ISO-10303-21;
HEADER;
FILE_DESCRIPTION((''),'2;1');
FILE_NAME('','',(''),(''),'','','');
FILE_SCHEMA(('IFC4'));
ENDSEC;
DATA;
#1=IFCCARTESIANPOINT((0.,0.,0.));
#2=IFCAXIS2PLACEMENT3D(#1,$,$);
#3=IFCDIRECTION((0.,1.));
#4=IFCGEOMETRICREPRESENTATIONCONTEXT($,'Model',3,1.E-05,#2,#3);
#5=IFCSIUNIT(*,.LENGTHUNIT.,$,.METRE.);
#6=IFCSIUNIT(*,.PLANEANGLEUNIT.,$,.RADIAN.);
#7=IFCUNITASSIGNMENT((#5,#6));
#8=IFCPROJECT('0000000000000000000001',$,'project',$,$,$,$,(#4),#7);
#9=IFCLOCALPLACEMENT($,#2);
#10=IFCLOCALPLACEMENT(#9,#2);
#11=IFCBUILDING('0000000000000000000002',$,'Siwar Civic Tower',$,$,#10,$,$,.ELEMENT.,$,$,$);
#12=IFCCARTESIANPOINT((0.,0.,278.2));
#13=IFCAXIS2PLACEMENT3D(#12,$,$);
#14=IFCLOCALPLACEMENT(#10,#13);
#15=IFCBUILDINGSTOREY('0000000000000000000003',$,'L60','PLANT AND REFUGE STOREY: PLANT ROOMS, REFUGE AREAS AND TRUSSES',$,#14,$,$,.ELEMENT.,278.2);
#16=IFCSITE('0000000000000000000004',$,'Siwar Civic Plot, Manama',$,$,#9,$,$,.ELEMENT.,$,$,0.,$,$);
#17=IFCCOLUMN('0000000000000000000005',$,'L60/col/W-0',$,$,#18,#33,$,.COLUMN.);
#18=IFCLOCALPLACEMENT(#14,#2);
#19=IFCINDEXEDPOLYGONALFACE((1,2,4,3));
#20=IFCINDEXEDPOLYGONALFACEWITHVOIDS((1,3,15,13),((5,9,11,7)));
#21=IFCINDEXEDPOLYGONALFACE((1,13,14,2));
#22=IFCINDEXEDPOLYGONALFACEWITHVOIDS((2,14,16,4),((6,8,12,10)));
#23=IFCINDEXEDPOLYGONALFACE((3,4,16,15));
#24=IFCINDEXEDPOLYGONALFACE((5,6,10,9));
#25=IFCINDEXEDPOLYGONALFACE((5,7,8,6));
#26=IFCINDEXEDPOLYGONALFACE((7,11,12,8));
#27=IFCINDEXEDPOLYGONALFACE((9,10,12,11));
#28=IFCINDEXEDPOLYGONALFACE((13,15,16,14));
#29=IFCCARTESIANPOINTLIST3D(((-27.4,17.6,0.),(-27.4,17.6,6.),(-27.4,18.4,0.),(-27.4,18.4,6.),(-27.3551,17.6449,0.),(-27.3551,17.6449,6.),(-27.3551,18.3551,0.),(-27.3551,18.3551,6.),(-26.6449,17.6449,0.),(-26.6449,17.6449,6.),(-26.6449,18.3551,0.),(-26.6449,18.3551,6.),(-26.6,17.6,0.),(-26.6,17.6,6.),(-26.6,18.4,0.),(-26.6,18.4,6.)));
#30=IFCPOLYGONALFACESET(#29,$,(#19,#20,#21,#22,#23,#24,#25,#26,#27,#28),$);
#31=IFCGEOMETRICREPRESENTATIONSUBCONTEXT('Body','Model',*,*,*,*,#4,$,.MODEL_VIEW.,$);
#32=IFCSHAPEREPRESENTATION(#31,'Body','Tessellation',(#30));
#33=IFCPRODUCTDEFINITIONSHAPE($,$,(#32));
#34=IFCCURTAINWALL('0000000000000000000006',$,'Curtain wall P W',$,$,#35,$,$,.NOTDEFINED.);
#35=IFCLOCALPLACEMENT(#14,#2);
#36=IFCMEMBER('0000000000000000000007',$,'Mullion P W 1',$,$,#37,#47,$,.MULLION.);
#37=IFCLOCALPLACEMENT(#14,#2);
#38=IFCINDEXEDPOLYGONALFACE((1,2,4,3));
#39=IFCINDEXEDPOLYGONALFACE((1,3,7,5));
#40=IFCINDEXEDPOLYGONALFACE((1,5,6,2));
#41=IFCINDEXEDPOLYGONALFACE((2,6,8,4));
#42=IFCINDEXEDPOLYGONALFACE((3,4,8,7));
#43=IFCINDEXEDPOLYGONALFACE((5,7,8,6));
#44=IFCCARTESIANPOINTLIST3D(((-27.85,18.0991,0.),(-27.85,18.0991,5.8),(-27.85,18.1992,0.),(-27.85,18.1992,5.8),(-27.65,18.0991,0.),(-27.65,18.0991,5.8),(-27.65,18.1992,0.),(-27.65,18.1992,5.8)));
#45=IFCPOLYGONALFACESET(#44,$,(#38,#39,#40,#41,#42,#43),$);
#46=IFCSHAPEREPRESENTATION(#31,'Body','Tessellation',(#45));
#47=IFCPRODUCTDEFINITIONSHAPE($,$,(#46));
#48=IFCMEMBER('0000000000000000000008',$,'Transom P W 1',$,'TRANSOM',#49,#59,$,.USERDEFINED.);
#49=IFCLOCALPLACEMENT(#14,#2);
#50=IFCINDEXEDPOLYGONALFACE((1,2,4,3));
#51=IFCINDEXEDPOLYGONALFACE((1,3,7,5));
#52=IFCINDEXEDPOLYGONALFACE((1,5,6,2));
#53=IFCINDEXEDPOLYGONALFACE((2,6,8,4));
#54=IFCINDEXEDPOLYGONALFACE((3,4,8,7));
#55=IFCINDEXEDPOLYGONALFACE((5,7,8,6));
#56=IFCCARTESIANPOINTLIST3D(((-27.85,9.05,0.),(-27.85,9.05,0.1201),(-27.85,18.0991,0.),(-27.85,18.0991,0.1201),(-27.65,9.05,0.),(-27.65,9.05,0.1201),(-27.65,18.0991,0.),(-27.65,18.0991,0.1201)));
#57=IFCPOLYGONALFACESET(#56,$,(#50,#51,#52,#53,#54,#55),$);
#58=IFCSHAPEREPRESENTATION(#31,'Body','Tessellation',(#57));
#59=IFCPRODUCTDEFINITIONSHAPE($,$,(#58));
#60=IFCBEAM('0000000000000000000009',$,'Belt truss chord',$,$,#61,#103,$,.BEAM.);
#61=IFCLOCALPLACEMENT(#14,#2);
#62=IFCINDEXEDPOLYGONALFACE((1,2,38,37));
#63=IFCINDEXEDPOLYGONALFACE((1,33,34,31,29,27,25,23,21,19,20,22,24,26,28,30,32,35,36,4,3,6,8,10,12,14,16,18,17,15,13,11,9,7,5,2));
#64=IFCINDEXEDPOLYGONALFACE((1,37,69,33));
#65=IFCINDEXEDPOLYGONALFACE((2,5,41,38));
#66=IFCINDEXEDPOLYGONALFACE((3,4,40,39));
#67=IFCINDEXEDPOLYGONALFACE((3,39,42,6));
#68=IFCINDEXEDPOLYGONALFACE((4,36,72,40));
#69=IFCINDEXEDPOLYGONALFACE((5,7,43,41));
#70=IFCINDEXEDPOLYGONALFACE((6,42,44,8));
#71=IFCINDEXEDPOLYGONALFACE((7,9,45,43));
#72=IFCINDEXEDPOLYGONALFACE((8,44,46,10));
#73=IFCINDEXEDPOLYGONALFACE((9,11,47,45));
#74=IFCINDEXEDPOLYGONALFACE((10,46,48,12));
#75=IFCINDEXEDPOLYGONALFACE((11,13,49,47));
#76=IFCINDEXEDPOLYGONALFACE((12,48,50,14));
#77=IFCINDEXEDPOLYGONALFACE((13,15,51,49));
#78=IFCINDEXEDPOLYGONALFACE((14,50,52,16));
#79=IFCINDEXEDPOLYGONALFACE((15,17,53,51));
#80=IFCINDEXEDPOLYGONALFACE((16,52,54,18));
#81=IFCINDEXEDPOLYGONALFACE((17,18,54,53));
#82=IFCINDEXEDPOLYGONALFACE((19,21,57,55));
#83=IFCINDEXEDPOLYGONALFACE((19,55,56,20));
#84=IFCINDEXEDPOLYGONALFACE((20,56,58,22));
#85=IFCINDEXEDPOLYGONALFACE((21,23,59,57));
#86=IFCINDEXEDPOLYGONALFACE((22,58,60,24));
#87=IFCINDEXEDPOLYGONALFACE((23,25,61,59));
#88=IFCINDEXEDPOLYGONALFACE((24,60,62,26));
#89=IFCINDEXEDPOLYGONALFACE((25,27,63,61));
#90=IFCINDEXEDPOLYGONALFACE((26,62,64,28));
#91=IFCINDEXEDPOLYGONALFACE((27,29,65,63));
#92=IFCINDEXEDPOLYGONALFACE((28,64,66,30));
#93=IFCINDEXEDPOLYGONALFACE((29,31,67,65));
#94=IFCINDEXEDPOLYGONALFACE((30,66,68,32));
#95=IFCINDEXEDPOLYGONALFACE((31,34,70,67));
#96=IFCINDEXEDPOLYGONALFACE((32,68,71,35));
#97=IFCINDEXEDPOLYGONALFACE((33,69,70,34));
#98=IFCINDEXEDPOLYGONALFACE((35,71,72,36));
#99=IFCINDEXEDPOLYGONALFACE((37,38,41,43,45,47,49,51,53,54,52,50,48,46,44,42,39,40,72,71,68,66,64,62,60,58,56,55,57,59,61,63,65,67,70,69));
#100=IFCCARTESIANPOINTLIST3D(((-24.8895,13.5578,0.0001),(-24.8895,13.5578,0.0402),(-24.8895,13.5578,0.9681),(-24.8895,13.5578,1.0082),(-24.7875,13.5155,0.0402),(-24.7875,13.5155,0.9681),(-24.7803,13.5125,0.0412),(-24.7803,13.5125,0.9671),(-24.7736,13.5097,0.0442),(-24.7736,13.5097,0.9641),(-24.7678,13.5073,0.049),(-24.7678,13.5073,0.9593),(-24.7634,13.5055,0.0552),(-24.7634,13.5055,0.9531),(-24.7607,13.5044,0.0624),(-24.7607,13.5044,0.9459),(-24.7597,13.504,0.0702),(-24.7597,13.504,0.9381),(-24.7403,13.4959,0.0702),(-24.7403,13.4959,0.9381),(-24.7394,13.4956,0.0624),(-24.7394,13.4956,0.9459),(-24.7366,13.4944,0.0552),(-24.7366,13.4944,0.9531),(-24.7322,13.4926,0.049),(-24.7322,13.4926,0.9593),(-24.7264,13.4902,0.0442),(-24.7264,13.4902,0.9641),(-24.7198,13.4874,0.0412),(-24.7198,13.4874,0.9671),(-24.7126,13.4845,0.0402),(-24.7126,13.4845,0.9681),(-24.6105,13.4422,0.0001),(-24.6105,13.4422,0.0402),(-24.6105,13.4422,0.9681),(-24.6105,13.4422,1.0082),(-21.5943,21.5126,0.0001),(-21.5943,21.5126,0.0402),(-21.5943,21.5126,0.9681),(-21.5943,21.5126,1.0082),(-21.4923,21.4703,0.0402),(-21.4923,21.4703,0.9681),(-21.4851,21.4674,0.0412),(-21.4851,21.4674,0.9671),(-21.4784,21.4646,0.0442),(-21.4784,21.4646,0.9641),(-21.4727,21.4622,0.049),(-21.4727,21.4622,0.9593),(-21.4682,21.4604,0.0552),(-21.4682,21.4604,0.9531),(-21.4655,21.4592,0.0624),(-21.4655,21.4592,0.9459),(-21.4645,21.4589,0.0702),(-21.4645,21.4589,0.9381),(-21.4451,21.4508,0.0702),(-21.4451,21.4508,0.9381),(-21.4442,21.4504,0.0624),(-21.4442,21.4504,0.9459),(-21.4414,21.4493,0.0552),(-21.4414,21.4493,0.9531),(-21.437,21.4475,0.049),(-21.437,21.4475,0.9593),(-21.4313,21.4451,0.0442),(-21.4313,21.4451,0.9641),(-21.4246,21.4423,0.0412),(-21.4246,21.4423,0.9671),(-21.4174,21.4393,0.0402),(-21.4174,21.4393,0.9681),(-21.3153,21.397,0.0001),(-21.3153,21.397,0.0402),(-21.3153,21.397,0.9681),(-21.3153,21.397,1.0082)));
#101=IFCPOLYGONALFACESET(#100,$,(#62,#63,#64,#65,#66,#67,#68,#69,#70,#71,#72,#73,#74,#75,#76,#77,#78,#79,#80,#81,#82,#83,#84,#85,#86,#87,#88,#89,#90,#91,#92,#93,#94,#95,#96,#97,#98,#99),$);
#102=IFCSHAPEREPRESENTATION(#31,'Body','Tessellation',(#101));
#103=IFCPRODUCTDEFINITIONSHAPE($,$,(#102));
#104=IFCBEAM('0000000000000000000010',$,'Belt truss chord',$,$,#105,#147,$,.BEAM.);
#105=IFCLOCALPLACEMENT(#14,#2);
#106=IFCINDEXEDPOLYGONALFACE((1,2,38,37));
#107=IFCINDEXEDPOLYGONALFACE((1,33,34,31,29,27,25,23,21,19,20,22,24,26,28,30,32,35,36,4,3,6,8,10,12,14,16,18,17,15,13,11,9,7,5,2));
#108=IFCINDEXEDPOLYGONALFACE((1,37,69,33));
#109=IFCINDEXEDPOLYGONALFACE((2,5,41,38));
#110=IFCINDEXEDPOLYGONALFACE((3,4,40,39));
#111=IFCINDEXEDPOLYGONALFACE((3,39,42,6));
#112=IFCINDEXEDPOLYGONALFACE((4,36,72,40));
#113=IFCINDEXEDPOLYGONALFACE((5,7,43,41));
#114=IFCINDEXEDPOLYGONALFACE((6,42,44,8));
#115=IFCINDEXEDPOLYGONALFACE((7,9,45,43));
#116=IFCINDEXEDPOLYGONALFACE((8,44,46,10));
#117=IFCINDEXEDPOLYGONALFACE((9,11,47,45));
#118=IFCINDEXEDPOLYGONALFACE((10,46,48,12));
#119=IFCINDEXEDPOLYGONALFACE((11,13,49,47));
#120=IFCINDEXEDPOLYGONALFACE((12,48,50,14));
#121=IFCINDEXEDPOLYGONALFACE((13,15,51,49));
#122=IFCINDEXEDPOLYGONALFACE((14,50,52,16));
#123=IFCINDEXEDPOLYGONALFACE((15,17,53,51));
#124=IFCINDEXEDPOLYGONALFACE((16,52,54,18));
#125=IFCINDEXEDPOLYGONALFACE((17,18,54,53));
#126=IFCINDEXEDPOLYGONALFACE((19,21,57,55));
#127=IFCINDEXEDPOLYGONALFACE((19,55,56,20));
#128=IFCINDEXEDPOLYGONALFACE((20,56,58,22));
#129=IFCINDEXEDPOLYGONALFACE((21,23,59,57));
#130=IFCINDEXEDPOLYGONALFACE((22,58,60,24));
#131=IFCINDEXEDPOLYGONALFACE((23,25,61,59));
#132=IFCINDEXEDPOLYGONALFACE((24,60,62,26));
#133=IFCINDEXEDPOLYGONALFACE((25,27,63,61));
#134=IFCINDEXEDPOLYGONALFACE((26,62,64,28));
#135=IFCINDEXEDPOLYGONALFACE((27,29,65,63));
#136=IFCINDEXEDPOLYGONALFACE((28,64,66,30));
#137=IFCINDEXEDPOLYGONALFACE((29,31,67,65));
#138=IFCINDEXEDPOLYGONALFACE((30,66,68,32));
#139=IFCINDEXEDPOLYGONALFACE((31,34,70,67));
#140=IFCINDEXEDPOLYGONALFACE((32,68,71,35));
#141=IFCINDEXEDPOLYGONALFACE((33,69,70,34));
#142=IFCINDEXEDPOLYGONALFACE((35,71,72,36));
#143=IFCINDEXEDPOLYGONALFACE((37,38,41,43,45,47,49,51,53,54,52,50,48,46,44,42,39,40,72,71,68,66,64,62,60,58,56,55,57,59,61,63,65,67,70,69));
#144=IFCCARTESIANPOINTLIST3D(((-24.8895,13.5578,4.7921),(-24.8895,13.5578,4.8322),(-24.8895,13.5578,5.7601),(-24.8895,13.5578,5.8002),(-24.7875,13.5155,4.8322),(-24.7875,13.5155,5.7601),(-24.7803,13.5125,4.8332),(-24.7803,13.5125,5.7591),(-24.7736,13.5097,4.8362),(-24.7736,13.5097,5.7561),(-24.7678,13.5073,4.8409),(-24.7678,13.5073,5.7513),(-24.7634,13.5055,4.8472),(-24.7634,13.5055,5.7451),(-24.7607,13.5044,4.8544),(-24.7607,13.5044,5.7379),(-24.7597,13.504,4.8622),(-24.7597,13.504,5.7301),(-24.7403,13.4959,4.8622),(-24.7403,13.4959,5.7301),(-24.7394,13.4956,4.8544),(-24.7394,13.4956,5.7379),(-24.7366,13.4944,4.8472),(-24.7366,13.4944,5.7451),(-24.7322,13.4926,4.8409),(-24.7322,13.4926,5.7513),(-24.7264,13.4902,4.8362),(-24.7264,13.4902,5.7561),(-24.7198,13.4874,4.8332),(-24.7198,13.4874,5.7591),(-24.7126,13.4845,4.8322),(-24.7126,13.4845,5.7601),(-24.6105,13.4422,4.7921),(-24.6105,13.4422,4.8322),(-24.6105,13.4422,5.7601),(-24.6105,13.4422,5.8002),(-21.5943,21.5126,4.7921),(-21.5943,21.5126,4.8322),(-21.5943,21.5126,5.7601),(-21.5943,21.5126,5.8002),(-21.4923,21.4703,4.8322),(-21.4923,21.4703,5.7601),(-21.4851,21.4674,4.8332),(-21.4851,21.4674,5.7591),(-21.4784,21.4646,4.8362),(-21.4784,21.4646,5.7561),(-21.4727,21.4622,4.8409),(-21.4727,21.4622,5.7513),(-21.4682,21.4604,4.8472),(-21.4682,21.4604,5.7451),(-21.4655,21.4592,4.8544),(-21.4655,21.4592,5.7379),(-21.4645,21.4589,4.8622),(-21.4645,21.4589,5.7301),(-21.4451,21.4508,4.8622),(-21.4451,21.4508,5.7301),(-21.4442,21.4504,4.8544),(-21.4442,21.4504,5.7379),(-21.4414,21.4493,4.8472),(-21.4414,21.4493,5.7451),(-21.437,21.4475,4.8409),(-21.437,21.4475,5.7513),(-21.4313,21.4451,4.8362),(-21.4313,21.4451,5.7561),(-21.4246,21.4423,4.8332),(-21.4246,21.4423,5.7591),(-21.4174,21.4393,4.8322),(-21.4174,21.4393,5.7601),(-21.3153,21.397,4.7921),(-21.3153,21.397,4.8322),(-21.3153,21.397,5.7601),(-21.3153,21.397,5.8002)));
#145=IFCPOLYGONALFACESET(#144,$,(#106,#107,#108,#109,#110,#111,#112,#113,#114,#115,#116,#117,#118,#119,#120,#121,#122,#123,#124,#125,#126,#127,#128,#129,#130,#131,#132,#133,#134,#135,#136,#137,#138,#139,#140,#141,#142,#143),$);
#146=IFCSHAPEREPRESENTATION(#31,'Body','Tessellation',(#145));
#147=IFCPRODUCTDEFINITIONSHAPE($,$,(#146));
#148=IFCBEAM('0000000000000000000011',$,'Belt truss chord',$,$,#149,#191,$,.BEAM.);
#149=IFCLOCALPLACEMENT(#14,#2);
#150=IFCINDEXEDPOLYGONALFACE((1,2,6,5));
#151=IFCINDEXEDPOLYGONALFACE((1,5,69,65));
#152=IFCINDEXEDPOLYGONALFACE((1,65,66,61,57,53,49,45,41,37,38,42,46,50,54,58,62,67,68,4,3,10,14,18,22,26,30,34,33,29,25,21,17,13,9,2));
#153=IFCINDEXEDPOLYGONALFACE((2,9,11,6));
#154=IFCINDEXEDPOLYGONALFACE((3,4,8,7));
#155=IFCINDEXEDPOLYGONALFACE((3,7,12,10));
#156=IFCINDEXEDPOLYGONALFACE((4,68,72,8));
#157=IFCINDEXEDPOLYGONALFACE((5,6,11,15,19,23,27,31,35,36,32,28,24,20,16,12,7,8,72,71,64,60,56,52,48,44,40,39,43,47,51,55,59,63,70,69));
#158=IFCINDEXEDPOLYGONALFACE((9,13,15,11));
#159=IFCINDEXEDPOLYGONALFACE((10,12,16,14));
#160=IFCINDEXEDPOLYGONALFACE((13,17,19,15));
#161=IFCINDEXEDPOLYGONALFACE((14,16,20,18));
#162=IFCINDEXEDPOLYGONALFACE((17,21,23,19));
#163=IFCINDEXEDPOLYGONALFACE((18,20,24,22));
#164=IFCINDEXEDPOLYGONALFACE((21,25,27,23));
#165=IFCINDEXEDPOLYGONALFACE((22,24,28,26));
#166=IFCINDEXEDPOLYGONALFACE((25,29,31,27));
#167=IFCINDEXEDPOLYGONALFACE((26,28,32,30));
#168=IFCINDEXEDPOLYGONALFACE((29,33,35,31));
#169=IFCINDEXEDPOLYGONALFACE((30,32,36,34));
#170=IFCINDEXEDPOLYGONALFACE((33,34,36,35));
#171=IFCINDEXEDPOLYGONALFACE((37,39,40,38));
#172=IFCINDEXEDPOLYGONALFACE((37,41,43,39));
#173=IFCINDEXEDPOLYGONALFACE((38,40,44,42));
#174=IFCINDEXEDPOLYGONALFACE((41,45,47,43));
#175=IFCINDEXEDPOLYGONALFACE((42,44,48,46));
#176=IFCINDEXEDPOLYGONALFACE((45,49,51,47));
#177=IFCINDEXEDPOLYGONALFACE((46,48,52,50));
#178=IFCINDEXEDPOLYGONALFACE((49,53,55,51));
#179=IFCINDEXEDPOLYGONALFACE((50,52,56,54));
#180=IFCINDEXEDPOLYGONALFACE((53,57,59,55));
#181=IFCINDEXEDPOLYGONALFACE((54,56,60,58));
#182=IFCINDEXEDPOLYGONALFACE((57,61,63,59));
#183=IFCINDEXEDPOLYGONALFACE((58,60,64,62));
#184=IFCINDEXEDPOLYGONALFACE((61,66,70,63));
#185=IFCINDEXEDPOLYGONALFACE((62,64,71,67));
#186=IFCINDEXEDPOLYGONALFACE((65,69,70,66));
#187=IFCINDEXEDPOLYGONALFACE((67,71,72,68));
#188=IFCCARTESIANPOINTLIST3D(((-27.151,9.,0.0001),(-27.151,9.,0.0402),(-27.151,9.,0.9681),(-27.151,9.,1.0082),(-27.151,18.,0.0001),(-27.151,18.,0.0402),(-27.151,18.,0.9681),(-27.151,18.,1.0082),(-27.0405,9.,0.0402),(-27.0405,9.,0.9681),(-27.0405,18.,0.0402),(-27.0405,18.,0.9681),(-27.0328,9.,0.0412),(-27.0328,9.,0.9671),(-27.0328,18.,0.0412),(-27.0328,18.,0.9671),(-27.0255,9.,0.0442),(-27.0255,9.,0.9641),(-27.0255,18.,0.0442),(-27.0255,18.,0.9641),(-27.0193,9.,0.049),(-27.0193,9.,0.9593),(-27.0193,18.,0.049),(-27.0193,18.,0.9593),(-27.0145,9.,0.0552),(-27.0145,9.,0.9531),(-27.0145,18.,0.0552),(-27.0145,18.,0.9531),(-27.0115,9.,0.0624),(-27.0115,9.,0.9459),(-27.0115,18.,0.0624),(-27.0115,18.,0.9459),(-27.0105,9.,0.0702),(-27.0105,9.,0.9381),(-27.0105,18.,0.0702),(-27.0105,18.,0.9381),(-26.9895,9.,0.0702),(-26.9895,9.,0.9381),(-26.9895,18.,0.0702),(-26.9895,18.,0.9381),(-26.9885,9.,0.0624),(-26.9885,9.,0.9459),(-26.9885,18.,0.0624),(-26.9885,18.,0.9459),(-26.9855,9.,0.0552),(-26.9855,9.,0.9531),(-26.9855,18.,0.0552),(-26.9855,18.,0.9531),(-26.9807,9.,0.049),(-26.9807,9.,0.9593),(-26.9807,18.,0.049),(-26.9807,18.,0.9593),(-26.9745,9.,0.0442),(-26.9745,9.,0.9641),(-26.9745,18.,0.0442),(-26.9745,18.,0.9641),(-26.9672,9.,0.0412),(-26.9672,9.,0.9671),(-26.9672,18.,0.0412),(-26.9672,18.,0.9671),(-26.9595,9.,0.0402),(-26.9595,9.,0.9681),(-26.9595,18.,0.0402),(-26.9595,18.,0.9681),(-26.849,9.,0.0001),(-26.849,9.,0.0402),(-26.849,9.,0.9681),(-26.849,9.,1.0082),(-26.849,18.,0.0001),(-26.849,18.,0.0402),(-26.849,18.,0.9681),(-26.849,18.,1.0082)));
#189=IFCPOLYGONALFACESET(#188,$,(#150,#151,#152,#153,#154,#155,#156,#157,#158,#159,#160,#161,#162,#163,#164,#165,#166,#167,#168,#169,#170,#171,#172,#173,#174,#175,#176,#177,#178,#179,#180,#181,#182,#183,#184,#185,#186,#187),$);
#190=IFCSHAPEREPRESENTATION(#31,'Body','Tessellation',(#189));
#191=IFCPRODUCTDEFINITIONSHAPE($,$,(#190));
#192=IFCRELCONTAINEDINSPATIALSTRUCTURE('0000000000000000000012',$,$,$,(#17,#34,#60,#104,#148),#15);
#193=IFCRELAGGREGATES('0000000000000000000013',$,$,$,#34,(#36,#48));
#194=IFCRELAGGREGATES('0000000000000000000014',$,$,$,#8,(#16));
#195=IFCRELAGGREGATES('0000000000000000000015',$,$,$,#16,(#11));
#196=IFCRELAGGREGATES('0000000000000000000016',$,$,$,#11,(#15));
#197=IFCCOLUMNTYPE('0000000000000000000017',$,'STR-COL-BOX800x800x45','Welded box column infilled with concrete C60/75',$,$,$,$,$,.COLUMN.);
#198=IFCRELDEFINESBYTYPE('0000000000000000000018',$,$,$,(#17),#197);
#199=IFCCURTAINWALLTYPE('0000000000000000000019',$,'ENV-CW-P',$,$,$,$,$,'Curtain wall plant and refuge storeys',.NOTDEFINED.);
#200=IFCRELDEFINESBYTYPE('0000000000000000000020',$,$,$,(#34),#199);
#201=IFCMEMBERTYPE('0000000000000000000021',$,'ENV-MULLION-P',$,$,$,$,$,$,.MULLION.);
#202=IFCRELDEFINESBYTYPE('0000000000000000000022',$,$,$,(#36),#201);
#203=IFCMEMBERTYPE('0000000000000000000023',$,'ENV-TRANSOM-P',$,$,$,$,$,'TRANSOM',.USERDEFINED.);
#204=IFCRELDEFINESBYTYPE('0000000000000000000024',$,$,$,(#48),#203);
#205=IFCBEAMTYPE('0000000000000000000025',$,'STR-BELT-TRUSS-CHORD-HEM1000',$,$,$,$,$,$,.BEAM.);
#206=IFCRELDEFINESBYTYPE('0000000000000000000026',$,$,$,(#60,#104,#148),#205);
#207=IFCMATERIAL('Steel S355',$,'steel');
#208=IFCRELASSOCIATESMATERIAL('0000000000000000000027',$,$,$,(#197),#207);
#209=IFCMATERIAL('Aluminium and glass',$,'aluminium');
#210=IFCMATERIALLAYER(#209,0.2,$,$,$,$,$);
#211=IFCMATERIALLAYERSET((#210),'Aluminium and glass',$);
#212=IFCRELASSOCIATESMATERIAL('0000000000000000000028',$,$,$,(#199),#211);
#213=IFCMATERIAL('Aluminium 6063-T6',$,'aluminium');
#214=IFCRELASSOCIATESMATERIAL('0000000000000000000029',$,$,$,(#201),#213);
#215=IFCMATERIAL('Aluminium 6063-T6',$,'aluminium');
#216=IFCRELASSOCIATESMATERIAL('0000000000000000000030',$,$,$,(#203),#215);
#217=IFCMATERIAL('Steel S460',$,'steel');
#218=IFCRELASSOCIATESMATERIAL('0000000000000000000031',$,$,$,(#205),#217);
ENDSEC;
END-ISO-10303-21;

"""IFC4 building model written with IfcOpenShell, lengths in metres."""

from ifc_helpers import new_model, si_unit, direction, frame, origin, origin_2d, place, context, subcontext, project, spatial, rectangle, hollow_rectangle, i_section, extrude, material, layer, layer_set, material_profile, profile_set, type_object, element, aggregate, save


model = new_model("IFC4")

# Units and contexts
model_context = context("Model", 3, precision=1e-05, world=origin(), true_north=direction((0.0, 1.0)))
body_context = subcontext(model_context, "Body", "Model", "MODEL_VIEW")
ifc_project = project(units=[si_unit("LENGTHUNIT", "METRE"), si_unit("PLANEANGLEUNIT", "RADIAN")], contexts=[model_context])

# Site, building, storey
site_placement = place(None, origin())
site = spatial("IfcSite", under=ifc_project, at=site_placement, Name="Siwar Civic Plot, Manama", CompositionType="ELEMENT", RefElevation=0.0)
building_placement = place(site_placement, origin())
building = spatial("IfcBuilding", under=site, at=building_placement, Name="Siwar Civic Tower", CompositionType="ELEMENT")
storey_placement = place(building_placement, frame((0.0, 0.0, 278.2)))
storey = spatial("IfcBuildingStorey", under=building, at=storey_placement, Name="L60", Description="PLANT AND REFUGE STOREY: PLANT ROOMS, REFUGE AREAS AND TRUSSES", CompositionType="ELEMENT", Elevation=278.2)

# Column
ifc_material_1 = material(Name="Steel S355", Category="steel")
ifc_material_profile_1 = material_profile(ifc_material_1, hollow_rectangle(XDim=0.8, YDim=0.8, WallThickness=0.0449, at=origin_2d()), Name="BOX800x800x45")
ifc_profile_set_1 = profile_set([ifc_material_profile_1], Name="Steel S355")
column_type = type_object("IfcColumnType", Name="STR-COL-BOX800x800x45", Description="Welded box column infilled with concrete C60/75", PredefinedType="COLUMN", material=ifc_profile_set_1)
column_placement = place(storey_placement, frame((-27.0, 18.0, 0.0), z_axis=(0.0, 0.0, 1.0), x_axis=(1.0, 0.0, 0.0)))
element("IfcColumn", 1, at=column_placement, inside=storey, type_object=column_type, Name="L60/col/W-0", PredefinedType="COLUMN", context=body_context, shape_type="SweptSolid", body=[
    extrude(hollow_rectangle(XDim=0.8, YDim=0.8, WallThickness=0.0449, at=origin_2d()), origin(), (0.0, 0.0, 1.0), 6.0),
])

# Curtain wall, members
ifc_material_2 = material(Name="Aluminium and glass", Category="aluminium")
ifc_layer_1 = layer(ifc_material_2, 0.2)
ifc_layer_set_1 = layer_set([ifc_layer_1], Name="Aluminium and glass")
curtain_wall_type = type_object("IfcCurtainWallType", Name="ENV-CW-P", ElementType="Curtain wall plant and refuge storeys", PredefinedType="NOTDEFINED", material=ifc_layer_set_1)
curtain_wall_placement = place(storey_placement, origin())
curtain_wall = element("IfcCurtainWall", 2, at=curtain_wall_placement, inside=storey, type_object=curtain_wall_type, Name="Curtain wall P W", PredefinedType="NOTDEFINED")
ifc_material_3 = material(Name="Aluminium 6063-T6", Category="aluminium")
ifc_material_profile_2 = material_profile(ifc_material_3, rectangle(XDim=0.2, YDim=0.1001, at=origin_2d()), Name="AL 200x100")
ifc_profile_set_2 = profile_set([ifc_material_profile_2], Name="Aluminium 6063-T6")
member_type_1 = type_object("IfcMemberType", Name="ENV-MULLION-P", PredefinedType="MULLION", material=ifc_profile_set_2)
member_1_placement = place(storey_placement, frame((-27.75, 18.1492, 0.0), z_axis=(0.0, 0.0, 1.0), x_axis=(1.0, 0.0, 0.0)))
member_1 = element("IfcMember", 3, at=member_1_placement, type_object=member_type_1, Name="Mullion P W 1", PredefinedType="MULLION", context=body_context, shape_type="SweptSolid", body=[
    extrude(rectangle(XDim=0.2, YDim=0.1001, at=origin_2d()), origin(), (0.0, 0.0, 1.0), 5.8),
])
ifc_material_4 = material(Name="Aluminium 6063-T6", Category="aluminium")
ifc_material_profile_3 = material_profile(ifc_material_4, rectangle(XDim=0.2, YDim=0.1201, at=origin_2d()), Name="AL 200x120")
ifc_profile_set_3 = profile_set([ifc_material_profile_3], Name="Aluminium 6063-T6")
member_type_2 = type_object("IfcMemberType", Name="ENV-TRANSOM-P", ElementType="TRANSOM", PredefinedType="USERDEFINED", material=ifc_profile_set_3)
member_2_placement = place(storey_placement, frame((-27.75, 18.0991, 0.0601), z_axis=(0.0, -1.0, 0.0), x_axis=(1.0, 0.0, 0.0)))
member_2 = element("IfcMember", 4, at=member_2_placement, type_object=member_type_2, Name="Transom P W 1", ObjectType="TRANSOM", PredefinedType="USERDEFINED", context=body_context, shape_type="SweptSolid", body=[
    extrude(rectangle(XDim=0.2, YDim=0.1201, at=origin_2d()), origin(), (0.0, 0.0, 1.0), 9.0491),
])

# Beams
ifc_material_5 = material(Name="Steel S460", Category="steel")
ifc_material_profile_4 = material_profile(ifc_material_5, i_section(OverallWidth=0.302, OverallDepth=1.0081, WebThickness=0.021, FlangeThickness=0.04, FilletRadius=0.03, at=origin_2d()), Name="HEM1000")
ifc_profile_set_4 = profile_set([ifc_material_profile_4], Name="Steel S460")
beam_type_1 = type_object("IfcBeamType", Name="STR-BELT-TRUSS-CHORD-HEM1000", PredefinedType="BEAM", material=ifc_profile_set_4)
for number, where, z_axis, x_axis, name in (
    (5, (-21.4548, 21.4548, 0.5042), (-0.3827, -0.923873, 0.0), (0.923873, -0.3827, 0.0), "Belt truss chord"),
    (6, (-21.4548, 21.4548, 5.2961), (-0.3827, -0.923873, 0.0), (0.923873, -0.3827, 0.0), "Belt truss chord"),
):
    element("IfcBeam", number, at=place(storey_placement, frame(where, z_axis=z_axis, x_axis=x_axis)), inside=storey, type_object=beam_type_1, Name=name, PredefinedType="BEAM", context=body_context, shape_type="SweptSolid", body=[
        extrude(i_section(OverallWidth=0.302, OverallDepth=1.0081, WebThickness=0.021, FlangeThickness=0.04, FilletRadius=0.03, at=origin_2d()), origin(), (0.0, 0.0, 1.0), 8.6104),
    ])
for number, where, z_axis, x_axis, name in (
    (7, (-27.0, 18.0, 0.5042), (0.0, -1.0, 0.0), (1.0, 0.0, 0.0), "Belt truss chord"),
):
    element("IfcBeam", number, at=place(storey_placement, frame(where, z_axis=z_axis, x_axis=x_axis)), inside=storey, type_object=beam_type_1, Name=name, PredefinedType="BEAM", context=body_context, shape_type="SweptSolid", body=[
        extrude(i_section(OverallWidth=0.302, OverallDepth=1.0081, WebThickness=0.021, FlangeThickness=0.04, FilletRadius=0.03, at=origin_2d()), origin(), (0.0, 0.0, 1.0), 9.0),
    ])

aggregate(curtain_wall, [member_1, member_2])

save(model, "model.ifc")
